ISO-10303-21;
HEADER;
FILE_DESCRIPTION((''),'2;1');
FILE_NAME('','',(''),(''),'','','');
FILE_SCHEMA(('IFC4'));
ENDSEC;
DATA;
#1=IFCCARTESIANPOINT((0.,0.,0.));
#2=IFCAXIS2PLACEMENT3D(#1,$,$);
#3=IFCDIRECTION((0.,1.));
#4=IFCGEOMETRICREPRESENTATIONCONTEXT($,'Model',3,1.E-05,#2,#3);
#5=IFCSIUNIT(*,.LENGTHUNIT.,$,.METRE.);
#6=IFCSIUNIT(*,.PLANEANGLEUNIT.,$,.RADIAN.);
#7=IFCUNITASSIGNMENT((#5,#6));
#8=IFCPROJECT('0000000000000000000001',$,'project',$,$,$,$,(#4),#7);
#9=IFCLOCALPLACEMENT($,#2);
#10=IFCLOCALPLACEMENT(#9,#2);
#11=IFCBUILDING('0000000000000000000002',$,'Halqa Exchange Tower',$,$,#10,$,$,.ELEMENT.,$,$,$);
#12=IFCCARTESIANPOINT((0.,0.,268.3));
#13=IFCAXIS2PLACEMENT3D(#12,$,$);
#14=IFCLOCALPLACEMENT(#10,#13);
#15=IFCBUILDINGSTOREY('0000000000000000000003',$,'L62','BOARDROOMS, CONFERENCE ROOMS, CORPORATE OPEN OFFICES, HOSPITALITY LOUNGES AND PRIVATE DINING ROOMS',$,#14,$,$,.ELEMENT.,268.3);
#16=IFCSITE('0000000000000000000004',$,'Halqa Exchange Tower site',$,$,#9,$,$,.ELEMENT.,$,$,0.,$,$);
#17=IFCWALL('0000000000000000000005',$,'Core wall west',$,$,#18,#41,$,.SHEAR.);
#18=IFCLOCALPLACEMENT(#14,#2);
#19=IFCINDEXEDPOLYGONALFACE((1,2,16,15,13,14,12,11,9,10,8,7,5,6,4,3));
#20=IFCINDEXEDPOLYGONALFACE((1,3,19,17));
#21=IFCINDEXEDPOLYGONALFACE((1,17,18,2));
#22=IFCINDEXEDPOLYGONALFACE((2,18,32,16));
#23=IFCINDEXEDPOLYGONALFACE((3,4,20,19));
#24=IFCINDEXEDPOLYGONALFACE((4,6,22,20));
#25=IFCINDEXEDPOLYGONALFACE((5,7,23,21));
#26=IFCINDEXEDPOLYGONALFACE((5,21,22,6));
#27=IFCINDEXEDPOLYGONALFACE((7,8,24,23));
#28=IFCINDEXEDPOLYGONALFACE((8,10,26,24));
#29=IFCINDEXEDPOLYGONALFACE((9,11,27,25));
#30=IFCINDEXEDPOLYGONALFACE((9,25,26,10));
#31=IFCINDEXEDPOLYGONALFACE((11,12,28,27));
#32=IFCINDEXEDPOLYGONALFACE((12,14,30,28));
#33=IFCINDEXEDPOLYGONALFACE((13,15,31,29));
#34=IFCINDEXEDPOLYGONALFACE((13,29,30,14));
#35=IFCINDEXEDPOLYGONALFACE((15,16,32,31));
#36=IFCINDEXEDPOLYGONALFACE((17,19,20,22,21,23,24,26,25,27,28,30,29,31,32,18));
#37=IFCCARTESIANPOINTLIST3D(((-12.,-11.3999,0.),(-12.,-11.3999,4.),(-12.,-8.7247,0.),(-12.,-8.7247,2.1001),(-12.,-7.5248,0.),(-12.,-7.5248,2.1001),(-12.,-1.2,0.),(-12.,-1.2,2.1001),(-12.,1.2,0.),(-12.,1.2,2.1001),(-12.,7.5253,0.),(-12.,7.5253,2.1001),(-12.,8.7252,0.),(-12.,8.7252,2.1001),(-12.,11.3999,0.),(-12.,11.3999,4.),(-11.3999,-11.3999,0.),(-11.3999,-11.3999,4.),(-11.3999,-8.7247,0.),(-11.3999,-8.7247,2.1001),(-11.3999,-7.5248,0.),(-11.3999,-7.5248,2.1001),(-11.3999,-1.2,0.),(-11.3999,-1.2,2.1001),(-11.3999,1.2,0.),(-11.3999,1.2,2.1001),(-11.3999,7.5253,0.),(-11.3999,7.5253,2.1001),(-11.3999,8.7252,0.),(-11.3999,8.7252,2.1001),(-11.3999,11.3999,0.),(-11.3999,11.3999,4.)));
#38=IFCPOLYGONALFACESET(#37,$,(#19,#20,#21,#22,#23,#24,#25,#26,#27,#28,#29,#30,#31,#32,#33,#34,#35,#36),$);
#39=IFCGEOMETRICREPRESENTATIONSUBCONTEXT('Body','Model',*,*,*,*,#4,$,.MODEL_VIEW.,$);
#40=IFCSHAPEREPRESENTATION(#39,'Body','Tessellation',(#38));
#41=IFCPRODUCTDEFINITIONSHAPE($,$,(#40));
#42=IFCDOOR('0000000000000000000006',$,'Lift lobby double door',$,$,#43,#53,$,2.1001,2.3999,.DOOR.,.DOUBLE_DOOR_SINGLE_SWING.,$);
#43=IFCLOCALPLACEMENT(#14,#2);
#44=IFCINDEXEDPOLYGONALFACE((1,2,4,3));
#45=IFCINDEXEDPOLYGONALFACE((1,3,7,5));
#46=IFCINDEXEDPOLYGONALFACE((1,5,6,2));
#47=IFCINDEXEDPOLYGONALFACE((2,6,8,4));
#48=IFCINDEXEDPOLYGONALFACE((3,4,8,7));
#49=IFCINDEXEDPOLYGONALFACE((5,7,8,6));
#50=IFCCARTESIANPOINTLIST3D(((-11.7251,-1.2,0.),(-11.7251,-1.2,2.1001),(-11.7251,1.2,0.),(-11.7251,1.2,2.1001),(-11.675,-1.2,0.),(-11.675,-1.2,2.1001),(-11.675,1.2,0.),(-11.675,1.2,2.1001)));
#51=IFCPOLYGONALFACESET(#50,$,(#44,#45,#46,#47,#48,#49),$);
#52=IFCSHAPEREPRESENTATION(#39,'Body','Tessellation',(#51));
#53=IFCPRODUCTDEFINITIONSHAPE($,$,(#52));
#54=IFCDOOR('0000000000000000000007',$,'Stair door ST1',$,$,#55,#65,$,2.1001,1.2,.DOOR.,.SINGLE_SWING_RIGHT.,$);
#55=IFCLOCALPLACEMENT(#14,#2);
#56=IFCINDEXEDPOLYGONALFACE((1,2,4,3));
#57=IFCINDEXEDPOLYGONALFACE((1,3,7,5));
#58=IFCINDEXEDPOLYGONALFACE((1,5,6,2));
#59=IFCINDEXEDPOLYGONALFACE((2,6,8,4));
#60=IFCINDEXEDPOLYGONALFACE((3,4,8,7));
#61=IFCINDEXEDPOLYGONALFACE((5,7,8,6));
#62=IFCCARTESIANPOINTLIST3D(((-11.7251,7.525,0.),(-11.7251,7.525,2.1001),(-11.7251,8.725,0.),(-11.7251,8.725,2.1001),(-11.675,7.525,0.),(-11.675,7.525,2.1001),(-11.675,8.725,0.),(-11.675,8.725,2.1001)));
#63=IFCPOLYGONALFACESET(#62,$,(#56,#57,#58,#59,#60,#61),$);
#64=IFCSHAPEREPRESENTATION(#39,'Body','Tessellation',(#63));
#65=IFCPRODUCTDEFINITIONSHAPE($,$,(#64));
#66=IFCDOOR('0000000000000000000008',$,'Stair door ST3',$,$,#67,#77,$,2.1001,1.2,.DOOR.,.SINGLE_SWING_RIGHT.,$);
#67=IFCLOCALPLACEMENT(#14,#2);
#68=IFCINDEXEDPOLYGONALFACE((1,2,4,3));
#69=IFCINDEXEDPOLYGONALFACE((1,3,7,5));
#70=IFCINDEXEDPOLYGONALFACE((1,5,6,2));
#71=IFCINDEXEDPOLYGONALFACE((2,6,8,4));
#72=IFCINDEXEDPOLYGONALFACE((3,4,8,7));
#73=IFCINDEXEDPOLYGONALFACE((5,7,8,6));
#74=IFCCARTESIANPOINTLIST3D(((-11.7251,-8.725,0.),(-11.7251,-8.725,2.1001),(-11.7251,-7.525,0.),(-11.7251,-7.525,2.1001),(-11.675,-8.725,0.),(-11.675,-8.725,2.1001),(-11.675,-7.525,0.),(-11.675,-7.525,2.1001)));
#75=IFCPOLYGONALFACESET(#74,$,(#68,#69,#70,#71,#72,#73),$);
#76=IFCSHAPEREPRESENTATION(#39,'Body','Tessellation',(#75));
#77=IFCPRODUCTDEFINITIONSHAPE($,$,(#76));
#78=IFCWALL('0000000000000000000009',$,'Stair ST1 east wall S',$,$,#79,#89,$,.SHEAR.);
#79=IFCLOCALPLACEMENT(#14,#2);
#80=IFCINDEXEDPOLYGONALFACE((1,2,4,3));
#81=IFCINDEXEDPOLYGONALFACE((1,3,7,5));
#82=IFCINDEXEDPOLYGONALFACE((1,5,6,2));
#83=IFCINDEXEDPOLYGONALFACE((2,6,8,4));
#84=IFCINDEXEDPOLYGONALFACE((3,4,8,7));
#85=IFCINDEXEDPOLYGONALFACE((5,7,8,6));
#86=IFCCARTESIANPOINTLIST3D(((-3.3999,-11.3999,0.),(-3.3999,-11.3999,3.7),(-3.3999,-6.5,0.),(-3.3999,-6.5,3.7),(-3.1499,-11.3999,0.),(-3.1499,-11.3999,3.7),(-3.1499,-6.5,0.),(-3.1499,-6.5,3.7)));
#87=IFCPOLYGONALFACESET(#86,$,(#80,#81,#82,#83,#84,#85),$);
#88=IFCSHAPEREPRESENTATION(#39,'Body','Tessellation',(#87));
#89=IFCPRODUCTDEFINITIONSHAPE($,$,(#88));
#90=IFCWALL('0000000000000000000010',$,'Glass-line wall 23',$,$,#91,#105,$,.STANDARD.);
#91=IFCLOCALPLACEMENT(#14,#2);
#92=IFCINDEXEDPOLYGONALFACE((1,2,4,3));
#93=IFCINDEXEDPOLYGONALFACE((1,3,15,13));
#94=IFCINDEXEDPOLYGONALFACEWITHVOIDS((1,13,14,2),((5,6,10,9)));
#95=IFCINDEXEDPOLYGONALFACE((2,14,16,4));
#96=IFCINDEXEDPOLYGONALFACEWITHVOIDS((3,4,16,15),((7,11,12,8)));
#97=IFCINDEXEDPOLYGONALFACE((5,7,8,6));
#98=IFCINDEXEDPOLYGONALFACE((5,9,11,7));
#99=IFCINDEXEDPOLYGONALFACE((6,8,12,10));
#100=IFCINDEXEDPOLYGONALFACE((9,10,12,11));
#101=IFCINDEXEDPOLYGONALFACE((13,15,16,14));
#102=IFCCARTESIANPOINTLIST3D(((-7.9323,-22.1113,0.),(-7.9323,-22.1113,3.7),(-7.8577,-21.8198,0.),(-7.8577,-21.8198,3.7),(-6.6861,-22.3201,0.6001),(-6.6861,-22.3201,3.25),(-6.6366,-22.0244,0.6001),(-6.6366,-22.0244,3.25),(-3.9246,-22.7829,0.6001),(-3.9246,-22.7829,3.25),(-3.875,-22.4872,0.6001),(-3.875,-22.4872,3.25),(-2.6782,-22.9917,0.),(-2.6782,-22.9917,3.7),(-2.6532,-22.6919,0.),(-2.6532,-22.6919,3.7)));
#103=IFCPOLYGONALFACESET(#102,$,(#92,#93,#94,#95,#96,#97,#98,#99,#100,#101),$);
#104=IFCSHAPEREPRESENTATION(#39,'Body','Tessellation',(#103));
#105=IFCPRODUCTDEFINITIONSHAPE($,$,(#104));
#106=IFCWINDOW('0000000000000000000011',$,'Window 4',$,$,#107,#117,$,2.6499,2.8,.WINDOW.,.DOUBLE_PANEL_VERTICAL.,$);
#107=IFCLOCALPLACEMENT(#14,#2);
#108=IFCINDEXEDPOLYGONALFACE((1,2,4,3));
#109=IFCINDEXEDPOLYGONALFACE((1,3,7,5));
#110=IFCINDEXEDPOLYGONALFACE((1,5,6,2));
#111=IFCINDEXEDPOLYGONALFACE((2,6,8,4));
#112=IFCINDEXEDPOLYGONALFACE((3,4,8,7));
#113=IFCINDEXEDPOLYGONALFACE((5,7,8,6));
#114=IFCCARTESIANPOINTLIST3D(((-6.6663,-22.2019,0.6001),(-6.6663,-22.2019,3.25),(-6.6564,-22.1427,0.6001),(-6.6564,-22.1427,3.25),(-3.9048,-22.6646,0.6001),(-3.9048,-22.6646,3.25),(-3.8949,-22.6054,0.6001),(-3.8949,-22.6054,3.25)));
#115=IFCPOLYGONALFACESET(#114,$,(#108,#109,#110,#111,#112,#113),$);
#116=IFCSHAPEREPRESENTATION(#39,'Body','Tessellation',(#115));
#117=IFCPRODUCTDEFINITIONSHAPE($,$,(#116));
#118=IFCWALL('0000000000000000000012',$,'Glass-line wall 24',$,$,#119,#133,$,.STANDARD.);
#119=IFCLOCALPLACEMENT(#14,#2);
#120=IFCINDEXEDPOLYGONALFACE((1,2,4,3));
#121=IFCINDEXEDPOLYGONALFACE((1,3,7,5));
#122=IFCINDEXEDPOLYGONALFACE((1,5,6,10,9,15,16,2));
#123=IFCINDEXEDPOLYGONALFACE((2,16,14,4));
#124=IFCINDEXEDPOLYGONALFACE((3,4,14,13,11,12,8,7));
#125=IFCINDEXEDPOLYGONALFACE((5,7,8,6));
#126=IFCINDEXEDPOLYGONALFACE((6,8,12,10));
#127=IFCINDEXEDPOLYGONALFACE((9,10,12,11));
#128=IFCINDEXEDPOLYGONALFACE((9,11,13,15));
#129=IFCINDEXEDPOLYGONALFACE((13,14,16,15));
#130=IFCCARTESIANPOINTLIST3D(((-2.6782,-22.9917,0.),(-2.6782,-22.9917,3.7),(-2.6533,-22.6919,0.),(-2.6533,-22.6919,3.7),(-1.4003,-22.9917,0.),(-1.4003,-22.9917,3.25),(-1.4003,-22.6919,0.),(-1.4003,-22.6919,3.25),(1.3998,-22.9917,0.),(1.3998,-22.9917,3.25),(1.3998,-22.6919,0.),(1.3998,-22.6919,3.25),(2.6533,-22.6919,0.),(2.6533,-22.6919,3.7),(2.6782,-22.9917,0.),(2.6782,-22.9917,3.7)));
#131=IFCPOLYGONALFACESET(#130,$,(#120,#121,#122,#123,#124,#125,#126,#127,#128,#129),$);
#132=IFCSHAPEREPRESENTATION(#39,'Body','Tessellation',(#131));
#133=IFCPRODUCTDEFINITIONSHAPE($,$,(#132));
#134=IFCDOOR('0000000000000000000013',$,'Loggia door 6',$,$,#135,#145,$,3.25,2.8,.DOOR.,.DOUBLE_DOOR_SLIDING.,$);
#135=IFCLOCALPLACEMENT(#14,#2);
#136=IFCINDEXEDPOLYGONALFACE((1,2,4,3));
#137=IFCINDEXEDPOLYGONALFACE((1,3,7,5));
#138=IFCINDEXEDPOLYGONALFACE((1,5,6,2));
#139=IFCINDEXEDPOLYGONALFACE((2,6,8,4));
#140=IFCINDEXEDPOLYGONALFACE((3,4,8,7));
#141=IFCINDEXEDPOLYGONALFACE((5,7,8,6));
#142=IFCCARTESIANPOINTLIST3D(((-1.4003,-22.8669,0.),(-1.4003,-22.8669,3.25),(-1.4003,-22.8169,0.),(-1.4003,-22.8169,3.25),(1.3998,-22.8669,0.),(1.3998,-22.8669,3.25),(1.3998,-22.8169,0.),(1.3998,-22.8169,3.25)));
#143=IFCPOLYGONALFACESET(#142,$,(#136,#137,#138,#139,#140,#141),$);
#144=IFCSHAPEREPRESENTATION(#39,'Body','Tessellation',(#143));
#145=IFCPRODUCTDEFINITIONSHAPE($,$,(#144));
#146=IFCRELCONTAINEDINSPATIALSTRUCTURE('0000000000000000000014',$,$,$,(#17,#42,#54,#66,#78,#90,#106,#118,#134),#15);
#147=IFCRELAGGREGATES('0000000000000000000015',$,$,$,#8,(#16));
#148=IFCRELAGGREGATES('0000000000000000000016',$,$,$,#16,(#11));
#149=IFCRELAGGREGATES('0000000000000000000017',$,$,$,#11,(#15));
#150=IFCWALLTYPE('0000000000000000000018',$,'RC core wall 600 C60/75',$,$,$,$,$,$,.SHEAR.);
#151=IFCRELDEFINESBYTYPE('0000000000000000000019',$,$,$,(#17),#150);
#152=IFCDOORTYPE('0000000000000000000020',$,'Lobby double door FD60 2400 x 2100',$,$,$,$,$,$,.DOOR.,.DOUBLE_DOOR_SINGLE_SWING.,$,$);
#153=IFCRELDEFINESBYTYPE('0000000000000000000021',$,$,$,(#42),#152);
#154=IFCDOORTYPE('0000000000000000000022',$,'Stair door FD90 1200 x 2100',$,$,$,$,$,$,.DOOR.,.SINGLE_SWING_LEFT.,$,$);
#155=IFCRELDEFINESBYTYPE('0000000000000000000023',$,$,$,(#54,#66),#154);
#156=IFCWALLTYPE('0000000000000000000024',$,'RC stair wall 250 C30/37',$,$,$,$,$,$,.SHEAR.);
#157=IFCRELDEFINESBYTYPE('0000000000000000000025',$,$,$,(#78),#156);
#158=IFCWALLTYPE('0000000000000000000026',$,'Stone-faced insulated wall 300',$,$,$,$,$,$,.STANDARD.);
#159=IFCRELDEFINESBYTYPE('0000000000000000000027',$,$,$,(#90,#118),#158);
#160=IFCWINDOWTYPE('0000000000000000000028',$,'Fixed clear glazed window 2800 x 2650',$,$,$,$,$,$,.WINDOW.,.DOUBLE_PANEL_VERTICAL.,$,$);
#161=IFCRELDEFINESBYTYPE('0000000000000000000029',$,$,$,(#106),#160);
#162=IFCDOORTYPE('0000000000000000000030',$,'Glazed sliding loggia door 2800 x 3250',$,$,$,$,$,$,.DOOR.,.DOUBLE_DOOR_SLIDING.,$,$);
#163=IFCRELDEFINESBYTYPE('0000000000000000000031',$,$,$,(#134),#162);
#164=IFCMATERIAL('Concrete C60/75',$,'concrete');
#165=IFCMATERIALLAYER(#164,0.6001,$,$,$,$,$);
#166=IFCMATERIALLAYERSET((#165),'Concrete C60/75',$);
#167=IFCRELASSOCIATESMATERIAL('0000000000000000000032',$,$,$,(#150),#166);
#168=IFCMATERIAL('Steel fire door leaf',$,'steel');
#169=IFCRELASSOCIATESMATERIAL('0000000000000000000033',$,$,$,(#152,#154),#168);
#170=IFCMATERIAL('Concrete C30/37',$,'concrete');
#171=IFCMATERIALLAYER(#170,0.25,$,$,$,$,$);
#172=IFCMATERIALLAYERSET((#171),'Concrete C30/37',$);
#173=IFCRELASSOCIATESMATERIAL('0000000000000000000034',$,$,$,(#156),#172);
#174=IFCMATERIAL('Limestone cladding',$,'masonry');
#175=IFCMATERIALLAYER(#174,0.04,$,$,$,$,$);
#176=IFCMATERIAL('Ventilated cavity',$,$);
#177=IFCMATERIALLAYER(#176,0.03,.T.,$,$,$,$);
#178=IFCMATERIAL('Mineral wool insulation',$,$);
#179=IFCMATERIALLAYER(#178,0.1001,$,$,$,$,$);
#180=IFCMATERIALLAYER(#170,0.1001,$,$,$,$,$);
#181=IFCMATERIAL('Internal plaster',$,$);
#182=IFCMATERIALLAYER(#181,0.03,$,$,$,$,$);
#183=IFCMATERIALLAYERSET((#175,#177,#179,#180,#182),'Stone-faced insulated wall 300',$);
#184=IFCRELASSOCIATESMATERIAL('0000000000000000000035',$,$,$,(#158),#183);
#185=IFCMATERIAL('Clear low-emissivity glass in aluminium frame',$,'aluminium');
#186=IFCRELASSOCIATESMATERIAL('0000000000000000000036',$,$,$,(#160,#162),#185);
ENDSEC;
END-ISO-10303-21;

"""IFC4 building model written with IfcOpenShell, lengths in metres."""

from ifc_helpers import new_model, si_unit, direction, frame, frame_2d, origin, place, context, subcontext, project, spatial, polyline, rectangle, outline, extrude, material, layer, layer_set, type_object, element, fill, save


model = new_model("IFC4")

# Units and contexts
model_context = context("Model", 3, precision=1e-05, world=origin(), true_north=direction((0.0, 1.0)))
body_context = subcontext(model_context, "Body", "Model", "MODEL_VIEW")
ifc_project = project(units=[si_unit("LENGTHUNIT", "METRE"), si_unit("PLANEANGLEUNIT", "RADIAN")], contexts=[model_context])

# Site, building, storey
site_placement = place(None, origin())
site = spatial("IfcSite", under=ifc_project, at=site_placement, Name="Halqa Exchange Tower site", CompositionType="ELEMENT", RefElevation=0.0)
building_placement = place(site_placement, origin())
building = spatial("IfcBuilding", under=site, at=building_placement, Name="Halqa Exchange Tower", CompositionType="ELEMENT")
storey_placement = place(building_placement, frame((0.0, 0.0, 268.3)))
storey = spatial("IfcBuildingStorey", under=building, at=storey_placement, Name="L62", Description="BOARDROOMS, CONFERENCE ROOMS, CORPORATE OPEN OFFICES, HOSPITALITY LOUNGES AND PRIVATE DINING ROOMS", CompositionType="ELEMENT", Elevation=268.3)

# Shared definitions
ifc_material_1 = material(Name="Concrete C60/75", Category="concrete")

# Wall, openings, doors
ifc_layer_1 = layer(ifc_material_1, 0.6001)
ifc_layer_set_1 = layer_set([ifc_layer_1], Name="Concrete C60/75")
wall_type_1 = type_object("IfcWallType", Name="RC core wall 600 C60/75", PredefinedType="SHEAR", material=ifc_layer_set_1)
wall_1_placement = place(storey_placement, frame((-11.7, -11.3999, 0.0), z_axis=(0.0, 0.0, 1.0), x_axis=(0.0, 1.0, 0.0)))
wall_1 = element("IfcWall", 1, at=wall_1_placement, inside=storey, type_object=wall_type_1, Name="Core wall west", PredefinedType="SHEAR", context=body_context, shape_type="SweptSolid", body=[
    extrude(rectangle(XDim=22.7998, YDim=0.6001, at=frame_2d((11.3999, 0.0))), origin(), (0.0, 0.0, 1.0), 4.0),
])
opening_1_placement = place(wall_1_placement, frame((10.2, 0.0, 0.0)))
opening_1 = element("IfcOpeningElement", 2, at=opening_1_placement, cuts=wall_1, PredefinedType="OPENING", context=body_context, shape_type="SweptSolid", body=[
    extrude(rectangle(XDim=2.3999, YDim=2.1001, at=frame_2d((1.2, 1.05))), frame((0.0, 0.312, 0.0), z_axis=(0.0, -1.0, 0.0), x_axis=(1.0, 0.0, 0.0)), (0.0, 0.0, 1.0), 0.624),
])
opening_2_placement = place(wall_1_placement, frame((18.925, 0.0, 0.0)))
opening_2 = element("IfcOpeningElement", 3, at=opening_2_placement, cuts=wall_1, PredefinedType="OPENING", context=body_context, shape_type="SweptSolid", body=[
    extrude(rectangle(XDim=1.2, YDim=2.1001, at=frame_2d((0.6001, 1.05))), frame((0.0, 0.312, 0.0), z_axis=(0.0, -1.0, 0.0), x_axis=(1.0, 0.0, 0.0)), (0.0, 0.0, 1.0), 0.624),
])
opening_3_placement = place(wall_1_placement, frame((2.675, 0.0, 0.0)))
opening_3 = element("IfcOpeningElement", 4, at=opening_3_placement, cuts=wall_1, PredefinedType="OPENING", context=body_context, shape_type="SweptSolid", body=[
    extrude(rectangle(XDim=1.2, YDim=2.1001, at=frame_2d((0.6001, 1.05))), frame((0.0, 0.312, 0.0), z_axis=(0.0, -1.0, 0.0), x_axis=(1.0, 0.0, 0.0)), (0.0, 0.0, 1.0), 0.624),
])
ifc_material_2 = material(Name="Steel fire door leaf", Category="steel")
door_type_1 = type_object("IfcDoorType", Name="Lobby double door FD60 2400 x 2100", OperationType="DOUBLE_DOOR_SINGLE_SWING", PredefinedType="DOOR", material=ifc_material_2)
door_1_placement = place(opening_1_placement, frame((2.3999, 0.0, 0.0), z_axis=(0.0, 0.0, 1.0), x_axis=(-1.0, 0.0, 0.0)))
door_1 = element("IfcDoor", 5, at=door_1_placement, inside=storey, type_object=door_type_1, Name="Lift lobby double door", OperationType="DOUBLE_DOOR_SINGLE_SWING", OverallHeight=2.1001, OverallWidth=2.3999, PredefinedType="DOOR", context=body_context, shape_type="SweptSolid", body=[
    extrude(rectangle(XDim=2.3999, YDim=2.1001, at=frame_2d((1.2, 1.05))), frame((0.0, 0.0249, 0.0), z_axis=(0.0, -1.0, 0.0), x_axis=(1.0, 0.0, 0.0)), (0.0, 0.0, 1.0), 0.05),
])
fill(opening_1, door_1)
door_type_2 = type_object("IfcDoorType", Name="Stair door FD90 1200 x 2100", OperationType="SINGLE_SWING_LEFT", PredefinedType="DOOR", material=ifc_material_2)
door_2_placement = place(opening_2_placement, frame((1.2, 0.0, 0.0), z_axis=(0.0, 0.0, 1.0), x_axis=(-1.0, 0.0, 0.0)))
door_2 = element("IfcDoor", 6, at=door_2_placement, inside=storey, type_object=door_type_2, Name="Stair door ST1", OperationType="SINGLE_SWING_RIGHT", OverallHeight=2.1001, OverallWidth=1.2, PredefinedType="DOOR", context=body_context, shape_type="SweptSolid", body=[
    extrude(rectangle(XDim=1.2, YDim=2.1001, at=frame_2d((0.6001, 1.05))), frame((0.0, 0.0249, 0.0), z_axis=(0.0, -1.0, 0.0), x_axis=(1.0, 0.0, 0.0)), (0.0, 0.0, 1.0), 0.05),
])
fill(opening_2, door_2)
door_3_placement = place(opening_3_placement, frame((1.2, 0.0, 0.0), z_axis=(0.0, 0.0, 1.0), x_axis=(-1.0, 0.0, 0.0)))
door_3 = element("IfcDoor", 7, at=door_3_placement, inside=storey, type_object=door_type_2, Name="Stair door ST3", OperationType="SINGLE_SWING_RIGHT", OverallHeight=2.1001, OverallWidth=1.2, PredefinedType="DOOR", context=body_context, shape_type="SweptSolid", body=[
    extrude(rectangle(XDim=1.2, YDim=2.1001, at=frame_2d((0.6001, 1.05))), frame((0.0, 0.0249, 0.0), z_axis=(0.0, -1.0, 0.0), x_axis=(1.0, 0.0, 0.0)), (0.0, 0.0, 1.0), 0.05),
])
fill(opening_3, door_3)

# Wall
ifc_material_3 = material(Name="Concrete C30/37", Category="concrete")
ifc_layer_2 = layer(ifc_material_3, 0.25)
ifc_layer_set_2 = layer_set([ifc_layer_2], Name="Concrete C30/37")
wall_type_2 = type_object("IfcWallType", Name="RC stair wall 250 C30/37", PredefinedType="SHEAR", material=ifc_layer_set_2)
wall_2_placement = place(storey_placement, frame((-3.2749, -11.3999, 0.0), z_axis=(0.0, 0.0, 1.0), x_axis=(0.0, 1.0, 0.0)))
element("IfcWall", 8, at=wall_2_placement, inside=storey, type_object=wall_type_2, Name="Stair ST1 east wall S", PredefinedType="SHEAR", context=body_context, shape_type="SweptSolid", body=[
    extrude(rectangle(XDim=4.8999, YDim=0.25, at=frame_2d((2.45, 0.0))), origin(), (0.0, 0.0, 1.0), 3.7),
])

# Wall, opening, window
ifc_material_4 = material(Name="Limestone cladding", Category="masonry")
ifc_layer_3 = layer(ifc_material_4, 0.04)
ifc_material_5 = material(Name="Ventilated cavity")
ifc_layer_4 = layer(ifc_material_5, 0.03, ventilated=True)
ifc_material_6 = material(Name="Mineral wool insulation")
ifc_layer_5 = layer(ifc_material_6, 0.1001)
ifc_layer_6 = layer(ifc_material_3, 0.1001)
ifc_material_7 = material(Name="Internal plaster")
ifc_layer_7 = layer(ifc_material_7, 0.03)
ifc_layer_set_3 = layer_set([ifc_layer_3, ifc_layer_4, ifc_layer_5, ifc_layer_6, ifc_layer_7], Name="Stone-faced insulated wall 300")
wall_type_3 = type_object("IfcWallType", Name="Stone-faced insulated wall 300", PredefinedType="STANDARD", material=ifc_layer_set_3)
wall_3_placement = place(storey_placement, frame((-7.895, -21.9656, 0.0), z_axis=(0.0, 0.0, 1.0), x_axis=(0.98625, -0.165258, 0.0)))
wall_3 = element("IfcWall", 9, at=wall_3_placement, inside=storey, type_object=wall_type_3, Name="Glass-line wall 23", PredefinedType="STANDARD", context=body_context, shape_type="SweptSolid", body=[
    extrude(outline(polyline([(-0.0127, -0.1499), (5.3147, -0.1499), (5.2898, 0.1499), (0.0127, 0.1499), (-0.0127, -0.1499)])), origin(), (0.0, 0.0, 1.0), 3.7),
])
opening_4_placement = place(wall_3_placement, frame((1.251, 0.0, 0.6001)))
opening_4 = element("IfcOpeningElement", 10, at=opening_4_placement, cuts=wall_3, PredefinedType="OPENING", context=body_context, shape_type="SweptSolid", body=[
    extrude(rectangle(XDim=2.8, YDim=2.6499, at=frame_2d((1.3999, 1.325))), frame((0.0, 0.1621, 0.0), z_axis=(0.0, -1.0, 0.0), x_axis=(1.0, 0.0, 0.0)), (0.0, 0.0, 1.0), 0.324),
])
ifc_material_8 = material(Name="Clear low-emissivity glass in aluminium frame", Category="aluminium")
window_type = type_object("IfcWindowType", Name="Fixed clear glazed window 2800 x 2650", PartitioningType="DOUBLE_PANEL_VERTICAL", PredefinedType="WINDOW", material=ifc_material_8)
window_placement = place(opening_4_placement, origin())
window = element("IfcWindow", 11, at=window_placement, inside=storey, type_object=window_type, Name="Window 4", OverallHeight=2.6499, OverallWidth=2.8, PartitioningType="DOUBLE_PANEL_VERTICAL", PredefinedType="WINDOW", context=body_context, shape_type="SweptSolid", body=[
    extrude(rectangle(XDim=2.8, YDim=2.6499, at=frame_2d((1.3999, 1.325))), frame((0.0, 0.03, 0.0), z_axis=(0.0, -1.0, 0.0), x_axis=(1.0, 0.0, 0.0)), (0.0, 0.0, 1.0), 0.0601),
])
fill(opening_4, window)

# Wall, opening, door
wall_4_placement = place(storey_placement, frame((-2.6658, -22.8418, 0.0), z_axis=(0.0, 0.0, 1.0), x_axis=(1.0, 0.0, 0.0)))
wall_4 = element("IfcWall", 12, at=wall_4_placement, inside=storey, type_object=wall_type_3, Name="Glass-line wall 24", PredefinedType="STANDARD", context=body_context, shape_type="SweptSolid", body=[
    extrude(outline(polyline([(-0.0125, -0.1499), (5.344, -0.1499), (5.3191, 0.1499), (0.0125, 0.1499), (-0.0125, -0.1499)])), origin(), (0.0, 0.0, 1.0), 3.7),
])
opening_5_placement = place(wall_4_placement, frame((1.2656, 0.0, 0.0)))
opening_5 = element("IfcOpeningElement", 13, at=opening_5_placement, cuts=wall_4, PredefinedType="OPENING", context=body_context, shape_type="SweptSolid", body=[
    extrude(rectangle(XDim=2.8, YDim=3.25, at=frame_2d((1.3999, 1.625))), frame((0.0, 0.1621, 0.0), z_axis=(0.0, -1.0, 0.0), x_axis=(1.0, 0.0, 0.0)), (0.0, 0.0, 1.0), 0.324),
])
door_type_3 = type_object("IfcDoorType", Name="Glazed sliding loggia door 2800 x 3250", OperationType="DOUBLE_DOOR_SLIDING", PredefinedType="DOOR", material=ifc_material_8)
door_4_placement = place(opening_5_placement, origin())
door_4 = element("IfcDoor", 14, at=door_4_placement, inside=storey, type_object=door_type_3, Name="Loggia door 6", OperationType="DOUBLE_DOOR_SLIDING", OverallHeight=3.25, OverallWidth=2.8, PredefinedType="DOOR", context=body_context, shape_type="SweptSolid", body=[
    extrude(rectangle(XDim=2.8, YDim=3.25, at=frame_2d((1.3999, 1.625))), frame((0.0, 0.0249, 0.0), z_axis=(0.0, -1.0, 0.0), x_axis=(1.0, 0.0, 0.0)), (0.0, 0.0, 1.0), 0.05),
])
fill(opening_5, door_4)

save(model, "model.ifc")
